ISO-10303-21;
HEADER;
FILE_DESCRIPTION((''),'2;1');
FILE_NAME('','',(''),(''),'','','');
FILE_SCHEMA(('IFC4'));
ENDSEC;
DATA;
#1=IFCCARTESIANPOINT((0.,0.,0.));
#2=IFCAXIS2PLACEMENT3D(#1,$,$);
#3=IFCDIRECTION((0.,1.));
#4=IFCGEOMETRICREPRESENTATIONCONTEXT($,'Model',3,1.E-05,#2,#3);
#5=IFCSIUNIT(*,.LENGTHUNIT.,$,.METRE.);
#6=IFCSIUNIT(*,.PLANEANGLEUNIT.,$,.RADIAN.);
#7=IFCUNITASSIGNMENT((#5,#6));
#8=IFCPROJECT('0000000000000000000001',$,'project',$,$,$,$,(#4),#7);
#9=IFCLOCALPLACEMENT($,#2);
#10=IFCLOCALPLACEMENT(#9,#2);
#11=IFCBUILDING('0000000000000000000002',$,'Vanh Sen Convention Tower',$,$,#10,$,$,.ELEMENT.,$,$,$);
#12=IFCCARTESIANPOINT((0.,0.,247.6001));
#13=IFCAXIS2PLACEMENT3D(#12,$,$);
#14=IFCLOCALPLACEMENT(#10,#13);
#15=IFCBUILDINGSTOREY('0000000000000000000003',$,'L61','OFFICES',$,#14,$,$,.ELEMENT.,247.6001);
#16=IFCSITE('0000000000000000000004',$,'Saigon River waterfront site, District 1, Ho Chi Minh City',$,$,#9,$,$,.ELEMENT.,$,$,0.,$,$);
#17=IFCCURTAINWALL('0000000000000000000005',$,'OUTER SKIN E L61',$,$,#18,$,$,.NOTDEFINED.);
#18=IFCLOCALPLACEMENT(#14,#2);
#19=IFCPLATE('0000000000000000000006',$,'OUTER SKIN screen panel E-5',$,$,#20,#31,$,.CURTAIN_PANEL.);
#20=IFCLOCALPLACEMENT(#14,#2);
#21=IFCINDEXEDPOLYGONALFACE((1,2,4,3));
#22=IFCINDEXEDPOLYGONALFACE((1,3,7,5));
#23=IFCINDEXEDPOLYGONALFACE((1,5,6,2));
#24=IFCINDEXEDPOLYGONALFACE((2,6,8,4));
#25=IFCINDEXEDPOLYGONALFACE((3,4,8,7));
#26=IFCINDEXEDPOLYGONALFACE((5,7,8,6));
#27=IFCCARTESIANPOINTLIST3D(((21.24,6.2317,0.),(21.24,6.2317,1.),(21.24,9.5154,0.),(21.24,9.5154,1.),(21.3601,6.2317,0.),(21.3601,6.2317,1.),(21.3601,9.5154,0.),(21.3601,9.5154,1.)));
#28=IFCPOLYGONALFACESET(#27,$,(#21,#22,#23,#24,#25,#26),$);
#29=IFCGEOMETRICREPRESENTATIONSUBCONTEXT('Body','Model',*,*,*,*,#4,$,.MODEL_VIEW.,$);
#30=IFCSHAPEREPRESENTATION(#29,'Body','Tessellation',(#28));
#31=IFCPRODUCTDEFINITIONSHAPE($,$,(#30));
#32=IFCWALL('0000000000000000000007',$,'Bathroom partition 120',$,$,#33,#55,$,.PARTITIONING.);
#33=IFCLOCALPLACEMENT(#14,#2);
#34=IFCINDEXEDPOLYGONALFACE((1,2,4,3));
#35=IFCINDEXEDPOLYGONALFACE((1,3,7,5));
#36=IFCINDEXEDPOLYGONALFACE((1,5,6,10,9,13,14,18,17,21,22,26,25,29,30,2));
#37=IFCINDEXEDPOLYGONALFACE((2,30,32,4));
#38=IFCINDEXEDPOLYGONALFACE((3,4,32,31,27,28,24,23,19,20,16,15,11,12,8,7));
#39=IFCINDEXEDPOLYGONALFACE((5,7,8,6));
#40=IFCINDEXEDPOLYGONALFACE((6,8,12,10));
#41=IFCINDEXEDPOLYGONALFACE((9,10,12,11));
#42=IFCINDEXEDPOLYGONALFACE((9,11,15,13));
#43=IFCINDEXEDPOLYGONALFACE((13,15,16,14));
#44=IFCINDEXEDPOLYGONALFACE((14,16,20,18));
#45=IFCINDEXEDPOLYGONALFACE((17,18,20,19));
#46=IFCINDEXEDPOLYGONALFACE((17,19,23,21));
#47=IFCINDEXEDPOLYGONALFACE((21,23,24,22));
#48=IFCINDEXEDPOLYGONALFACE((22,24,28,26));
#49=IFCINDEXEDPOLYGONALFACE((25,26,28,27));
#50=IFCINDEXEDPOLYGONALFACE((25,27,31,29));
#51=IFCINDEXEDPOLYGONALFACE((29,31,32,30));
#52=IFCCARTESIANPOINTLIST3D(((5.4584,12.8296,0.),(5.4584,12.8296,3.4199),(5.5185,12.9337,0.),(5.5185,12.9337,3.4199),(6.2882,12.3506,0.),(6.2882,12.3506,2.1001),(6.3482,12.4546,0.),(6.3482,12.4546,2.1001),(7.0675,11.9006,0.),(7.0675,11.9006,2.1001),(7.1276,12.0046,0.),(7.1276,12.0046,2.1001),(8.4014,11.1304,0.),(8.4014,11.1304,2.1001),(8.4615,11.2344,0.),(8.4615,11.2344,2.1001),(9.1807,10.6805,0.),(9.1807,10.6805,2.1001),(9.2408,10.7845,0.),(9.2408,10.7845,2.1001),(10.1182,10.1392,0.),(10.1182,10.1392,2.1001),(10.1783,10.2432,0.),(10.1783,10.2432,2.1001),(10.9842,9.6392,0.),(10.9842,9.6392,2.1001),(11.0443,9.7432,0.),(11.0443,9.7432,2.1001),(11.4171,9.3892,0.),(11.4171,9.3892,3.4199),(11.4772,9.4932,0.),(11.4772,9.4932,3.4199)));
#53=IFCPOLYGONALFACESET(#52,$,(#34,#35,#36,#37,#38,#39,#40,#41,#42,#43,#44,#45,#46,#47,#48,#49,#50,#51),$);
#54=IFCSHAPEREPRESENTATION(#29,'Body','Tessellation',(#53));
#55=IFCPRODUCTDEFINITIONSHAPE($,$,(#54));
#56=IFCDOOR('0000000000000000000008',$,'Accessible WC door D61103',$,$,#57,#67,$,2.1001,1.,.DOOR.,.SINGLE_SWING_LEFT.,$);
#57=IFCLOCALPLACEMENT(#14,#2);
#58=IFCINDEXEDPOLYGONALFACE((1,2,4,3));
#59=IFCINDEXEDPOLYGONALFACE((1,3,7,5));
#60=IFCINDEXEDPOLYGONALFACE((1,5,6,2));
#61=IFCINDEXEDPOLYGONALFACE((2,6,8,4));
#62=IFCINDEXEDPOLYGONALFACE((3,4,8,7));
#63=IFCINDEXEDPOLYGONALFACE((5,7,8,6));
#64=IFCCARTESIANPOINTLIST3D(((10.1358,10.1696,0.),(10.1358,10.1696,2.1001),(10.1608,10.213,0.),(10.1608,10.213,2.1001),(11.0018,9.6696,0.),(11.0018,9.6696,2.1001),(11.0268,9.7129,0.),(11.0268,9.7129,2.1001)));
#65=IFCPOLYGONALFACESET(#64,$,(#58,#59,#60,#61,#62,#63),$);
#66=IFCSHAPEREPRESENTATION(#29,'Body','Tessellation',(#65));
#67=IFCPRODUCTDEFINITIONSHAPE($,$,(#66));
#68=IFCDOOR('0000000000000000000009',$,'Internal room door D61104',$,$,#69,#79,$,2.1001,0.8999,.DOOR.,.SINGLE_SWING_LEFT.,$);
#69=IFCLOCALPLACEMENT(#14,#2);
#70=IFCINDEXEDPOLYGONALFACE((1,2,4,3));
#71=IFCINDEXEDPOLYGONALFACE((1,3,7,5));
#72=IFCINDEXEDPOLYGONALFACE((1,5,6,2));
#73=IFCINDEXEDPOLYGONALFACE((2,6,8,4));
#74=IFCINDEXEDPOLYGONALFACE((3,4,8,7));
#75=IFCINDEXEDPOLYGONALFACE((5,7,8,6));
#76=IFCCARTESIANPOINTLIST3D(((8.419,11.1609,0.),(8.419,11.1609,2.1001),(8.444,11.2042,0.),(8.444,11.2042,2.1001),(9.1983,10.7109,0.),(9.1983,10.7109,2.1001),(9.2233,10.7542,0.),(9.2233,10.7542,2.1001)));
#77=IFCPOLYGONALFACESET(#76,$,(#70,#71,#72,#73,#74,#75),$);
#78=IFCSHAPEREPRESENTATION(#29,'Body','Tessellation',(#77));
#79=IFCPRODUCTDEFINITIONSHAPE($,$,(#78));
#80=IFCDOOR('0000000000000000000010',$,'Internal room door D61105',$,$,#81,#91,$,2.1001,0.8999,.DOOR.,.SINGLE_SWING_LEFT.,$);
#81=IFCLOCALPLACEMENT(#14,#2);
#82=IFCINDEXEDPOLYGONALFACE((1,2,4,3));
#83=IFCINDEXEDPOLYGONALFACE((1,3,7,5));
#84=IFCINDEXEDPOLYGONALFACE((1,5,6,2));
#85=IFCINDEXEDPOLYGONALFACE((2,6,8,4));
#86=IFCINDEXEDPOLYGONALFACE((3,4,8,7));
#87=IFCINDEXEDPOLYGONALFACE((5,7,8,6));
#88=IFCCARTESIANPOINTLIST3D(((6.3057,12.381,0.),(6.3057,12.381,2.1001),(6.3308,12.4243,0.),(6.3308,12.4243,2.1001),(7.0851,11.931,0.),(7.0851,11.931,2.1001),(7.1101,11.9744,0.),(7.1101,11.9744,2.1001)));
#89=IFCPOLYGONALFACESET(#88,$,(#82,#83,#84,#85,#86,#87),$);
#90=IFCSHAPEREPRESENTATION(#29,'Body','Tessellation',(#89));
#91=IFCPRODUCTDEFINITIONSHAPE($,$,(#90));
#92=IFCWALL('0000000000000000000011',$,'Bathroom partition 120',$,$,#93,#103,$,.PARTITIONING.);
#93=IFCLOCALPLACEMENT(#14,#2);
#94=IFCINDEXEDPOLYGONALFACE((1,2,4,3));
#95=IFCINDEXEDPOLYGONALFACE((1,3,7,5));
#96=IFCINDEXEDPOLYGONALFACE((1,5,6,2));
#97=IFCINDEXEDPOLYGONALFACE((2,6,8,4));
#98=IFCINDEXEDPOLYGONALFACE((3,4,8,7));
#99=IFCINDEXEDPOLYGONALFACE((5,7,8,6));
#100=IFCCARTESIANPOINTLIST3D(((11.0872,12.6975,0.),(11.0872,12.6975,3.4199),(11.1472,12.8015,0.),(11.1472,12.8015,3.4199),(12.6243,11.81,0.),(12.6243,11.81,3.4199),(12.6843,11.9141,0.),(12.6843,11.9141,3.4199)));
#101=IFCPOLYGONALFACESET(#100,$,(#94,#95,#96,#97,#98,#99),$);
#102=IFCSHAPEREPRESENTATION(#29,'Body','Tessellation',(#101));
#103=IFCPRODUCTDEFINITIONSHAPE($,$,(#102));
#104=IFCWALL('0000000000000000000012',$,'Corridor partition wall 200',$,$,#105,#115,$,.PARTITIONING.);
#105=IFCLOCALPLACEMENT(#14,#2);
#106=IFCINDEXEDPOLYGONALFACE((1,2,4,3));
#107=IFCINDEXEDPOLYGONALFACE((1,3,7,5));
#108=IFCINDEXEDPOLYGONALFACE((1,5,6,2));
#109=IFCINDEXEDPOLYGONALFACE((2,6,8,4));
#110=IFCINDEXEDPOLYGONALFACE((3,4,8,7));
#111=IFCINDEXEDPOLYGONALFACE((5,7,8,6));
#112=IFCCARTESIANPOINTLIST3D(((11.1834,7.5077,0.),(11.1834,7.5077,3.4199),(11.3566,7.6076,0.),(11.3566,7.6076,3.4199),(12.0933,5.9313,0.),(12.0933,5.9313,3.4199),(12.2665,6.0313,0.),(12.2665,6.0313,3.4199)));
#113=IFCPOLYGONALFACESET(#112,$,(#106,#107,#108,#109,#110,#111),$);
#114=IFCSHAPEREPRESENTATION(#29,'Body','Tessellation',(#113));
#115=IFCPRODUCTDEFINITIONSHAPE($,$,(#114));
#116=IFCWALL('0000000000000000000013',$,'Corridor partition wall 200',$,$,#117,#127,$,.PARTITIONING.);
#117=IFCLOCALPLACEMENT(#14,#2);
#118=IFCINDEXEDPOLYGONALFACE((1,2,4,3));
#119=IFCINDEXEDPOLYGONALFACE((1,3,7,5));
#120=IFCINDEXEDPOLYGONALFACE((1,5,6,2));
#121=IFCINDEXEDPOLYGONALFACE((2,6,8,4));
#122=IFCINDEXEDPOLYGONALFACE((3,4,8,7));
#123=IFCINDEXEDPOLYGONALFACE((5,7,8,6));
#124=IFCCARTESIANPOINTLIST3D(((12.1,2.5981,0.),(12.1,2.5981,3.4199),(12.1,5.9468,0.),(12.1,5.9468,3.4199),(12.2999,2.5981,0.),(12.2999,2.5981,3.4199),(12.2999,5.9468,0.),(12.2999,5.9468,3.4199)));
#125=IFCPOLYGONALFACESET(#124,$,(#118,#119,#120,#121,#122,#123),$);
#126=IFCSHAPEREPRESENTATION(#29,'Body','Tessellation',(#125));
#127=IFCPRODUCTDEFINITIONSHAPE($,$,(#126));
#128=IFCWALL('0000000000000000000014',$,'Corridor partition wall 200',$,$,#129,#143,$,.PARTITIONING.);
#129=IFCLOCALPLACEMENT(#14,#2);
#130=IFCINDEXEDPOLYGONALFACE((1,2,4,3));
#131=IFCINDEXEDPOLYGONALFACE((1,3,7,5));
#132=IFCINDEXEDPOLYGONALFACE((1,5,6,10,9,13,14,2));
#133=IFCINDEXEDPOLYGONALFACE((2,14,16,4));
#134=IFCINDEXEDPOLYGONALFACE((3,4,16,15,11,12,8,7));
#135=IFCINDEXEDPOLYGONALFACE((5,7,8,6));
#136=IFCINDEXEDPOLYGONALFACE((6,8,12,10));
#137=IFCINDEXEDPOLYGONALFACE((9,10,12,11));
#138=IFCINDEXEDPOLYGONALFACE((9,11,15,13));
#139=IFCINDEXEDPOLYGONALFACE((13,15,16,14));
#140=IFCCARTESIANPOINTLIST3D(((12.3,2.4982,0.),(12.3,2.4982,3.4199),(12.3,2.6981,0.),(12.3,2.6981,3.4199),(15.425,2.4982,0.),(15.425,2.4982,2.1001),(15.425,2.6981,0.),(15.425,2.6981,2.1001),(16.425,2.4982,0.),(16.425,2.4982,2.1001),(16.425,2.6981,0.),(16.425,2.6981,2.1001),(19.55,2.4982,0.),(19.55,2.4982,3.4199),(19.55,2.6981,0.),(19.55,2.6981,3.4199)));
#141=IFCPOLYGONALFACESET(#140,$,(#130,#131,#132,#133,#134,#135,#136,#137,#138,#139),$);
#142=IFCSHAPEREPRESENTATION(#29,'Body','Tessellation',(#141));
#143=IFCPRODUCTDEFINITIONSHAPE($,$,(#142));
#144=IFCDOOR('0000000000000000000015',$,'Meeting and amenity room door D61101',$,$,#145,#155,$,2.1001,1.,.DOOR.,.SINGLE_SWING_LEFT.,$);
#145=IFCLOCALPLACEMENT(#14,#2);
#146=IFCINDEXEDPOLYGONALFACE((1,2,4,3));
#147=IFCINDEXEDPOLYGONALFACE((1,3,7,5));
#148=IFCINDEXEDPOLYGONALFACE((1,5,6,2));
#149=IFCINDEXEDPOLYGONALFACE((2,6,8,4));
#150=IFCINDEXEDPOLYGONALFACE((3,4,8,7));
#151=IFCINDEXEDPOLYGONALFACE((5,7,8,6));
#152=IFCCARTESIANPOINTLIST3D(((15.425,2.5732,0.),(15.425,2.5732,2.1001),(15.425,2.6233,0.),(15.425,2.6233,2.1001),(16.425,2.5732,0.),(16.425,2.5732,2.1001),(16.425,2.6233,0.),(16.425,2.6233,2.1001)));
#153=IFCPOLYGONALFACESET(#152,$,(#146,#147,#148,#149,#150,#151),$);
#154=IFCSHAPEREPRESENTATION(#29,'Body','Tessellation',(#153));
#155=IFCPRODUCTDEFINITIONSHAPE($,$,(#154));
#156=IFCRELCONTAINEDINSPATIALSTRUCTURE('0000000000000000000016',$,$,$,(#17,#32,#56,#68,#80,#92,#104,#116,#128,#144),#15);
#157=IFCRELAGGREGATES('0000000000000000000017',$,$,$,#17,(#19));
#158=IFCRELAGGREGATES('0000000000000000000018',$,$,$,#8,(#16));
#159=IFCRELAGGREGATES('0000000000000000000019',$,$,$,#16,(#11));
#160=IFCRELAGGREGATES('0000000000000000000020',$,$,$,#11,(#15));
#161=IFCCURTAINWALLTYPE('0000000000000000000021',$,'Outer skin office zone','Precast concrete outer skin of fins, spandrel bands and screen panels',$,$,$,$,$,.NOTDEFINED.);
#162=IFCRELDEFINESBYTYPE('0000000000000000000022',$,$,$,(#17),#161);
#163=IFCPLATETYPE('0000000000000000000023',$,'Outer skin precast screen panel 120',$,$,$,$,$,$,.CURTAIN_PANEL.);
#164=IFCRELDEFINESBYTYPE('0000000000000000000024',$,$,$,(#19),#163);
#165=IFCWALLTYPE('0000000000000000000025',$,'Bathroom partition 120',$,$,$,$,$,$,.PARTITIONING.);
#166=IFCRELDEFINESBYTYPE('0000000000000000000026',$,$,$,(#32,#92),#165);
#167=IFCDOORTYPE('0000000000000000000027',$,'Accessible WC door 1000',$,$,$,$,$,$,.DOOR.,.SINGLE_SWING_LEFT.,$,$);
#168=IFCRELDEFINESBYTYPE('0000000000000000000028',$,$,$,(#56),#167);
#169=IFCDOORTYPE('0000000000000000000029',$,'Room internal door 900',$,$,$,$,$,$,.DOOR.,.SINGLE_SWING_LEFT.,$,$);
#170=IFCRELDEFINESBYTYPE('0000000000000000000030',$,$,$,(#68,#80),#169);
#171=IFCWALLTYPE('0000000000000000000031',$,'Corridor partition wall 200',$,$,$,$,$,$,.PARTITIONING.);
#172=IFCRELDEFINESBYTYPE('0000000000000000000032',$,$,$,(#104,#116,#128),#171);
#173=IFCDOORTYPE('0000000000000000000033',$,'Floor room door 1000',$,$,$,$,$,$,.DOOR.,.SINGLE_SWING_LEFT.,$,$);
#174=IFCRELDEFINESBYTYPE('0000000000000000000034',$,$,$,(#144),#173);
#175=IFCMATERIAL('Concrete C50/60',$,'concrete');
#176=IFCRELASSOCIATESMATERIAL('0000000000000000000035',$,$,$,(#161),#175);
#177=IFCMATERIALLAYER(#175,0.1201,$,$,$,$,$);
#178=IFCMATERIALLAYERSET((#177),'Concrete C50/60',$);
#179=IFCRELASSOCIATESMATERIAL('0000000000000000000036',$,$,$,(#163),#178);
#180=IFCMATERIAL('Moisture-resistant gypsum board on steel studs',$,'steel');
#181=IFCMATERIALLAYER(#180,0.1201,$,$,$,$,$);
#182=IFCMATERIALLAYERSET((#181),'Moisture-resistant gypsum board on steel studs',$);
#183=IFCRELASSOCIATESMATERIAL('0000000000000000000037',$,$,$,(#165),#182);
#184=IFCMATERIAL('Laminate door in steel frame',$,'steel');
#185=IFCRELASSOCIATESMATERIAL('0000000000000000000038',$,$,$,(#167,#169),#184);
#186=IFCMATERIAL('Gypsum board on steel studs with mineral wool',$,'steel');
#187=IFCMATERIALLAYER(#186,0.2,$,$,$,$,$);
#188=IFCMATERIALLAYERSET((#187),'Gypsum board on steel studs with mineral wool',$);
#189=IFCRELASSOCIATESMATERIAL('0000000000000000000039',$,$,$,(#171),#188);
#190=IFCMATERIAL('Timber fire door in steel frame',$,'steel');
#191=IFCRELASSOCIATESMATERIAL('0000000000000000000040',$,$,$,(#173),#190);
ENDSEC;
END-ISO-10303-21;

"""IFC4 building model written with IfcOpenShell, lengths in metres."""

from ifc_helpers import new_model, si_unit, direction, frame, frame_2d, origin, origin_2d, place, context, subcontext, project, spatial, rectangle, extrude, material, layer, layer_set, type_object, element, fill, aggregate, save


model = new_model("IFC4")

# Units and contexts
model_context = context("Model", 3, precision=1e-05, world=origin(), true_north=direction((0.0, 1.0)))
body_context = subcontext(model_context, "Body", "Model", "MODEL_VIEW")
ifc_project = project(units=[si_unit("LENGTHUNIT", "METRE"), si_unit("PLANEANGLEUNIT", "RADIAN")], contexts=[model_context])

# Site, building, storey
site_placement = place(None, origin())
site = spatial("IfcSite", under=ifc_project, at=site_placement, Name="Saigon River waterfront site, District 1, Ho Chi Minh City", CompositionType="ELEMENT", RefElevation=0.0)
building_placement = place(site_placement, origin())
building = spatial("IfcBuilding", under=site, at=building_placement, Name="Vanh Sen Convention Tower", CompositionType="ELEMENT")
storey_placement = place(building_placement, frame((0.0, 0.0, 247.6001)))
storey = spatial("IfcBuildingStorey", under=building, at=storey_placement, Name="L61", Description="OFFICES", CompositionType="ELEMENT", Elevation=247.6001)

# Curtain wall
ifc_material_1 = material(Name="Concrete C50/60", Category="concrete")
curtain_wall_type = type_object("IfcCurtainWallType", Name="Outer skin office zone", Description="Precast concrete outer skin of fins, spandrel bands and screen panels", PredefinedType="NOTDEFINED", material=ifc_material_1)
curtain_wall_1_placement = place(storey_placement, origin())
curtain_wall_1 = element("IfcCurtainWall", 1, at=curtain_wall_1_placement, inside=storey, type_object=curtain_wall_type, Name="OUTER SKIN E L61", PredefinedType="NOTDEFINED")

# Plate
ifc_layer_1 = layer(ifc_material_1, 0.1201)
ifc_layer_set_1 = layer_set([ifc_layer_1], Name="Concrete C50/60")
plate_type = type_object("IfcPlateType", Name="Outer skin precast screen panel 120", PredefinedType="CURTAIN_PANEL", material=ifc_layer_set_1)
plate_1_placement = place(storey_placement, frame((21.3, 7.8735, 0.0), z_axis=(0.0, 0.0, 1.0), x_axis=(0.0, 1.0, 0.0)))
plate_1 = element("IfcPlate", 2, at=plate_1_placement, type_object=plate_type, Name="OUTER SKIN screen panel E-5", PredefinedType="CURTAIN_PANEL", context=body_context, shape_type="SweptSolid", body=[
    extrude(rectangle(XDim=3.2837, YDim=0.1201, at=origin_2d()), origin(), (0.0, 0.0, 1.0), 1.0),
])
aggregate(curtain_wall_1, [plate_1])

# Wall, openings, doors
ifc_material_2 = material(Name="Moisture-resistant gypsum board on steel studs", Category="steel")
ifc_layer_2 = layer(ifc_material_2, 0.1201)
ifc_layer_set_2 = layer_set([ifc_layer_2], Name="Moisture-resistant gypsum board on steel studs")
wall_type_1 = type_object("IfcWallType", Name="Bathroom partition 120", PredefinedType="PARTITIONING", material=ifc_layer_set_2)
wall_1_placement = place(storey_placement, frame((11.4473, 9.4412, 0.0), z_axis=(0.0, 0.0, 1.0), x_axis=(-0.866016, 0.500016, 0.0)))
wall_1 = element("IfcWall", 3, at=wall_1_placement, inside=storey, type_object=wall_type_1, Name="Bathroom partition 120", PredefinedType="PARTITIONING", context=body_context, shape_type="SweptSolid", body=[
    extrude(rectangle(XDim=6.8806, YDim=0.1201, at=frame_2d((3.4404, 0.0))), origin(), (0.0, 0.0, 1.0), 3.4199),
])
opening_1_placement = place(wall_1_placement, frame((0.5, 0.0, 0.0)))
opening_1 = element("IfcOpeningElement", 4, at=opening_1_placement, cuts=wall_1, PredefinedType="OPENING", context=body_context, shape_type="SweptSolid", body=[
    extrude(rectangle(XDim=1.0, YDim=2.1001, at=frame_2d((0.5, 1.05))), frame((0.0, 0.0701, 0.0), z_axis=(0.0, -1.0, 0.0), x_axis=(1.0, 0.0, 0.0)), (0.0, 0.0, 1.0), 0.1401),
])
opening_2_placement = place(wall_1_placement, frame((2.5825, 0.0, 0.0)))
opening_2 = element("IfcOpeningElement", 5, at=opening_2_placement, cuts=wall_1, PredefinedType="OPENING", context=body_context, shape_type="SweptSolid", body=[
    extrude(rectangle(XDim=0.8999, YDim=2.1001, at=frame_2d((0.45, 1.05))), frame((0.0, 0.0701, 0.0), z_axis=(0.0, -1.0, 0.0), x_axis=(1.0, 0.0, 0.0)), (0.0, 0.0, 1.0), 0.1401),
])
opening_3_placement = place(wall_1_placement, frame((5.0227, 0.0, 0.0)))
opening_3 = element("IfcOpeningElement", 6, at=opening_3_placement, cuts=wall_1, PredefinedType="OPENING", context=body_context, shape_type="SweptSolid", body=[
    extrude(rectangle(XDim=0.8999, YDim=2.1001, at=frame_2d((0.45, 1.05))), frame((0.0, 0.0701, 0.0), z_axis=(0.0, -1.0, 0.0), x_axis=(1.0, 0.0, 0.0)), (0.0, 0.0, 1.0), 0.1401),
])
ifc_material_3 = material(Name="Laminate door in steel frame", Category="steel")
door_type_1 = type_object("IfcDoorType", Name="Accessible WC door 1000", OperationType="SINGLE_SWING_LEFT", PredefinedType="DOOR", material=ifc_material_3)
door_1_placement = place(opening_1_placement, origin())
door_1 = element("IfcDoor", 7, at=door_1_placement, inside=storey, type_object=door_type_1, Name="Accessible WC door D61103", OperationType="SINGLE_SWING_LEFT", OverallHeight=2.1001, OverallWidth=1.0, PredefinedType="DOOR", context=body_context, shape_type="SweptSolid", body=[
    extrude(rectangle(XDim=1.0, YDim=2.1001, at=frame_2d((0.5, 1.05))), frame((0.0, 0.0249, 0.0), z_axis=(0.0, -1.0, 0.0), x_axis=(1.0, 0.0, 0.0)), (0.0, 0.0, 1.0), 0.05),
])
fill(opening_1, door_1)
door_type_2 = type_object("IfcDoorType", Name="Room internal door 900", OperationType="SINGLE_SWING_LEFT", PredefinedType="DOOR", material=ifc_material_3)
door_2_placement = place(opening_2_placement, origin())
door_2 = element("IfcDoor", 8, at=door_2_placement, inside=storey, type_object=door_type_2, Name="Internal room door D61104", OperationType="SINGLE_SWING_LEFT", OverallHeight=2.1001, OverallWidth=0.8999, PredefinedType="DOOR", context=body_context, shape_type="SweptSolid", body=[
    extrude(rectangle(XDim=0.8999, YDim=2.1001, at=frame_2d((0.45, 1.05))), frame((0.0, 0.0249, 0.0), z_axis=(0.0, -1.0, 0.0), x_axis=(1.0, 0.0, 0.0)), (0.0, 0.0, 1.0), 0.05),
])
fill(opening_2, door_2)
door_3_placement = place(opening_3_placement, origin())
door_3 = element("IfcDoor", 9, at=door_3_placement, inside=storey, type_object=door_type_2, Name="Internal room door D61105", OperationType="SINGLE_SWING_LEFT", OverallHeight=2.1001, OverallWidth=0.8999, PredefinedType="DOOR", context=body_context, shape_type="SweptSolid", body=[
    extrude(rectangle(XDim=0.8999, YDim=2.1001, at=frame_2d((0.45, 1.05))), frame((0.0, 0.0249, 0.0), z_axis=(0.0, -1.0, 0.0), x_axis=(1.0, 0.0, 0.0)), (0.0, 0.0, 1.0), 0.05),
])
fill(opening_3, door_3)

# Walls
wall_2_placement = place(storey_placement, frame((12.6543, 11.8621, 0.0), z_axis=(0.0, 0.0, 1.0), x_axis=(-0.866025, 0.5, 0.0)))
element("IfcWall", 10, at=wall_2_placement, inside=storey, type_object=wall_type_1, Name="Bathroom partition 120", PredefinedType="PARTITIONING", context=body_context, shape_type="SweptSolid", body=[
    extrude(rectangle(XDim=1.7749, YDim=0.1201, at=frame_2d((0.8875, 0.0))), origin(), (0.0, 0.0, 1.0), 3.4199),
])
ifc_material_4 = material(Name="Gypsum board on steel studs with mineral wool", Category="steel")
ifc_layer_3 = layer(ifc_material_4, 0.2)
ifc_layer_set_3 = layer_set([ifc_layer_3], Name="Gypsum board on steel studs with mineral wool")
wall_type_2 = type_object("IfcWallType", Name="Corridor partition wall 200", PredefinedType="PARTITIONING", material=ifc_layer_set_3)
wall_3_placement = place(storey_placement, frame((12.1799, 5.9812, 0.0), z_axis=(0.0, 0.0, 1.0), x_axis=(-0.499904, 0.866081, 0.0)))
element("IfcWall", 11, at=wall_3_placement, inside=storey, type_object=wall_type_2, Name="Corridor partition wall 200", PredefinedType="PARTITIONING", context=body_context, shape_type="SweptSolid", body=[
    extrude(rectangle(XDim=1.8201, YDim=0.2, at=frame_2d((0.9102, 0.0))), origin(), (0.0, 0.0, 1.0), 3.4199),
])
wall_4_placement = place(storey_placement, frame((12.2, 2.5981, 0.0), z_axis=(0.0, 0.0, 1.0), x_axis=(0.0, 1.0, 0.0)))
element("IfcWall", 12, at=wall_4_placement, inside=storey, type_object=wall_type_2, Name="Corridor partition wall 200", PredefinedType="PARTITIONING", context=body_context, shape_type="SweptSolid", body=[
    extrude(rectangle(XDim=3.3486, YDim=0.2, at=frame_2d((1.6743, 0.0))), origin(), (0.0, 0.0, 1.0), 3.4199),
])

# Wall, opening, door
wall_5_placement = place(storey_placement, frame((19.55, 2.5981, 0.0), z_axis=(0.0, 0.0, 1.0), x_axis=(-1.0, 0.0, 0.0)))
wall_5 = element("IfcWall", 13, at=wall_5_placement, inside=storey, type_object=wall_type_2, Name="Corridor partition wall 200", PredefinedType="PARTITIONING", context=body_context, shape_type="SweptSolid", body=[
    extrude(rectangle(XDim=7.25, YDim=0.2, at=frame_2d((3.625, 0.0))), origin(), (0.0, 0.0, 1.0), 3.4199),
])
opening_4_placement = place(wall_5_placement, frame((3.125, 0.0, 0.0)))
opening_4 = element("IfcOpeningElement", 14, at=opening_4_placement, cuts=wall_5, PredefinedType="OPENING", context=body_context, shape_type="SweptSolid", body=[
    extrude(rectangle(XDim=1.0, YDim=2.1001, at=frame_2d((0.5, 1.05))), frame((0.0, 0.1099, 0.0), z_axis=(0.0, -1.0, 0.0), x_axis=(1.0, 0.0, 0.0)), (0.0, 0.0, 1.0), 0.22),
])
ifc_material_5 = material(Name="Timber fire door in steel frame", Category="steel")
door_type_3 = type_object("IfcDoorType", Name="Floor room door 1000", OperationType="SINGLE_SWING_LEFT", PredefinedType="DOOR", material=ifc_material_5)
door_4_placement = place(opening_4_placement, origin())
door_4 = element("IfcDoor", 15, at=door_4_placement, inside=storey, type_object=door_type_3, Name="Meeting and amenity room door D61101", OperationType="SINGLE_SWING_LEFT", OverallHeight=2.1001, OverallWidth=1.0, PredefinedType="DOOR", context=body_context, shape_type="SweptSolid", body=[
    extrude(rectangle(XDim=1.0, YDim=2.1001, at=frame_2d((0.5, 1.05))), frame((0.0, 0.0249, 0.0), z_axis=(0.0, -1.0, 0.0), x_axis=(1.0, 0.0, 0.0)), (0.0, 0.0, 1.0), 0.05),
])
fill(opening_4, door_4)

save(model, "model.ifc")
